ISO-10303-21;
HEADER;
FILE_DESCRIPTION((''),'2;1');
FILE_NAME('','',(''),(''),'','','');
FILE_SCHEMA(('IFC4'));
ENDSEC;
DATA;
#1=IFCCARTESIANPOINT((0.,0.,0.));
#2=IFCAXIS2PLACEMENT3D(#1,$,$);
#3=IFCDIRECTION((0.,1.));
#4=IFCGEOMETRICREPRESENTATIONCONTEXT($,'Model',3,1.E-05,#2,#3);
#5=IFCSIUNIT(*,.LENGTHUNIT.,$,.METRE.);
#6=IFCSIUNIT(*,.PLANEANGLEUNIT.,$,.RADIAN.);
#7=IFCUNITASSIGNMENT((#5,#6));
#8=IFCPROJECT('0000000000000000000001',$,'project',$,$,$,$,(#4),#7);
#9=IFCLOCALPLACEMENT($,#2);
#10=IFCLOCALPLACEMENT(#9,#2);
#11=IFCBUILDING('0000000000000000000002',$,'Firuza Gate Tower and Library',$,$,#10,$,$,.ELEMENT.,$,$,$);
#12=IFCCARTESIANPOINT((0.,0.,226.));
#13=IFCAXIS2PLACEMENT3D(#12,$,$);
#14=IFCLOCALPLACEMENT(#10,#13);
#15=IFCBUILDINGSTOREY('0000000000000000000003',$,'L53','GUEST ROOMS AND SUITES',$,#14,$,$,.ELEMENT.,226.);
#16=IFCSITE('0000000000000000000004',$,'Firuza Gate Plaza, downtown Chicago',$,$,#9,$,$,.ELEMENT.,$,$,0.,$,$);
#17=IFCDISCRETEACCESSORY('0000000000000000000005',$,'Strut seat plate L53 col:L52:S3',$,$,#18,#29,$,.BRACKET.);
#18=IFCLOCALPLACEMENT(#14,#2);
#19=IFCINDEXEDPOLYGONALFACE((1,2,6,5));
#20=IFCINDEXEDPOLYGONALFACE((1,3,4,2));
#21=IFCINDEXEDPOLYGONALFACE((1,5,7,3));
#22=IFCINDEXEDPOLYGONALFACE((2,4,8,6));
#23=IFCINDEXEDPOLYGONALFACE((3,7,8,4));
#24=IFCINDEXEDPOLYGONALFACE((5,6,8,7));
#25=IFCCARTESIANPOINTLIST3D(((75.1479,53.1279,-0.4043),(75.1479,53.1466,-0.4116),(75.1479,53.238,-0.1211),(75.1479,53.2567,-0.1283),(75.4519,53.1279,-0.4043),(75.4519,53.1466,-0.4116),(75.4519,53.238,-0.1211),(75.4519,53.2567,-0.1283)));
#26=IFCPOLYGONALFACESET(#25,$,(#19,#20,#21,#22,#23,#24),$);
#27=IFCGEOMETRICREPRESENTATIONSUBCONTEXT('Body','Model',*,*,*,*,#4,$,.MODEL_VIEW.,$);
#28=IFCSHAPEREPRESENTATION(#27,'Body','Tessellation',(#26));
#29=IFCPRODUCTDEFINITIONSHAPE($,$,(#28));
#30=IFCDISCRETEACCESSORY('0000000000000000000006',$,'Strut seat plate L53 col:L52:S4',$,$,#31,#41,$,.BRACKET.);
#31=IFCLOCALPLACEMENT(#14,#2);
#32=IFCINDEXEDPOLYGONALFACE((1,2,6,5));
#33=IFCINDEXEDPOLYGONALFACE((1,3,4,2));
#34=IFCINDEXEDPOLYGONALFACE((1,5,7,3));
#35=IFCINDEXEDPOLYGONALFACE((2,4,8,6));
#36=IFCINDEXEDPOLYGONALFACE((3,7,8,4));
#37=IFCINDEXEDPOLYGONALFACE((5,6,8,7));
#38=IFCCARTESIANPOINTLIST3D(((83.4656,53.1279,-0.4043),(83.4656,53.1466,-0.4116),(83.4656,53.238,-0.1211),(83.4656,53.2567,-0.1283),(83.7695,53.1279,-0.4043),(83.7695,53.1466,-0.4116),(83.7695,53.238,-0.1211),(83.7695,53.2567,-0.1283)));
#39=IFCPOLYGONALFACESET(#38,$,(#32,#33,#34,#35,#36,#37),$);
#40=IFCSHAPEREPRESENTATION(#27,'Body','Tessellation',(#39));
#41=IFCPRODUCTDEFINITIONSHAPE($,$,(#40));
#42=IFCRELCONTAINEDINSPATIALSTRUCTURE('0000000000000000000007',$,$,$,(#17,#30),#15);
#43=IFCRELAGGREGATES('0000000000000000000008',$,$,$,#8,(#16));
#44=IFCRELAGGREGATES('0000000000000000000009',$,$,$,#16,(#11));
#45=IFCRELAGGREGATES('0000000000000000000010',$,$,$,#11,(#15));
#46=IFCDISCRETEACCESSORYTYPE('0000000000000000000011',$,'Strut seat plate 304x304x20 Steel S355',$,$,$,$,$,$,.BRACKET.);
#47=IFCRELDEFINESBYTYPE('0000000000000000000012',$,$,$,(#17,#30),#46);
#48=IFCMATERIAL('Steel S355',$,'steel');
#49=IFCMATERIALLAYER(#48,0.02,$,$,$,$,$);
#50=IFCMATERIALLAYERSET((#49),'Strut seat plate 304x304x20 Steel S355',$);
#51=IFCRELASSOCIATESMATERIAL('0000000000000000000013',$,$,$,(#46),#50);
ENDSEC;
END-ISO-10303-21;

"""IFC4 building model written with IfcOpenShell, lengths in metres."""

from ifc_helpers import new_model, si_unit, direction, frame, origin, place, context, subcontext, project, spatial, polyline, outline, extrude, material, layer, layer_set, type_object, element, save


model = new_model("IFC4")

# Units and contexts
model_context = context("Model", 3, precision=1e-05, world=origin(), true_north=direction((0.0, 1.0)))
body_context = subcontext(model_context, "Body", "Model", "MODEL_VIEW")
ifc_project = project(units=[si_unit("LENGTHUNIT", "METRE"), si_unit("PLANEANGLEUNIT", "RADIAN")], contexts=[model_context])

# Site, building, storey
site_placement = place(None, origin())
site = spatial("IfcSite", under=ifc_project, at=site_placement, Name="Firuza Gate Plaza, downtown Chicago", CompositionType="ELEMENT", RefElevation=0.0)
building_placement = place(site_placement, origin())
building = spatial("IfcBuilding", under=site, at=building_placement, Name="Firuza Gate Tower and Library", CompositionType="ELEMENT")
storey_placement = place(building_placement, frame((0.0, 0.0, 226.0)))
storey = spatial("IfcBuildingStorey", under=building, at=storey_placement, Name="L53", Description="GUEST ROOMS AND SUITES", CompositionType="ELEMENT", Elevation=226.0)

# Discrete accessories
ifc_material_1 = material(Name="Steel S355", Category="steel")
ifc_layer_1 = layer(ifc_material_1, 0.02)
ifc_layer_set_1 = layer_set([ifc_layer_1], Name="Strut seat plate 304x304x20 Steel S355")
discrete_accessory_type = type_object("IfcDiscreteAccessoryType", Name="Strut seat plate 304x304x20 Steel S355", PredefinedType="BRACKET", material=ifc_layer_set_1)
for number, where, z_axis, x_axis, name in (
    (1, (75.1479, 53.238, -0.1211), (0.0, -0.932035, 0.362369), (1.0, 0.0, 0.0), "Strut seat plate L53 col:L52:S3"),
    (2, (83.4656, 53.238, -0.1211), (0.0, -0.932035, 0.362369), (1.0, 0.0, 0.0), "Strut seat plate L53 col:L52:S4"),
):
    element("IfcDiscreteAccessory", number, at=place(storey_placement, frame(where, z_axis=z_axis, x_axis=x_axis)), inside=storey, type_object=discrete_accessory_type, Name=name, PredefinedType="BRACKET", context=body_context, shape_type="SweptSolid", body=[
        extrude(outline(polyline([(0.0, 0.0), (0.304, 0.0), (0.304, -0.3039), (0.0, -0.3039), (0.0, 0.0)])), origin(), (0.0, 0.0, -1.0), 0.02),
    ])

save(model, "model.ifc")
